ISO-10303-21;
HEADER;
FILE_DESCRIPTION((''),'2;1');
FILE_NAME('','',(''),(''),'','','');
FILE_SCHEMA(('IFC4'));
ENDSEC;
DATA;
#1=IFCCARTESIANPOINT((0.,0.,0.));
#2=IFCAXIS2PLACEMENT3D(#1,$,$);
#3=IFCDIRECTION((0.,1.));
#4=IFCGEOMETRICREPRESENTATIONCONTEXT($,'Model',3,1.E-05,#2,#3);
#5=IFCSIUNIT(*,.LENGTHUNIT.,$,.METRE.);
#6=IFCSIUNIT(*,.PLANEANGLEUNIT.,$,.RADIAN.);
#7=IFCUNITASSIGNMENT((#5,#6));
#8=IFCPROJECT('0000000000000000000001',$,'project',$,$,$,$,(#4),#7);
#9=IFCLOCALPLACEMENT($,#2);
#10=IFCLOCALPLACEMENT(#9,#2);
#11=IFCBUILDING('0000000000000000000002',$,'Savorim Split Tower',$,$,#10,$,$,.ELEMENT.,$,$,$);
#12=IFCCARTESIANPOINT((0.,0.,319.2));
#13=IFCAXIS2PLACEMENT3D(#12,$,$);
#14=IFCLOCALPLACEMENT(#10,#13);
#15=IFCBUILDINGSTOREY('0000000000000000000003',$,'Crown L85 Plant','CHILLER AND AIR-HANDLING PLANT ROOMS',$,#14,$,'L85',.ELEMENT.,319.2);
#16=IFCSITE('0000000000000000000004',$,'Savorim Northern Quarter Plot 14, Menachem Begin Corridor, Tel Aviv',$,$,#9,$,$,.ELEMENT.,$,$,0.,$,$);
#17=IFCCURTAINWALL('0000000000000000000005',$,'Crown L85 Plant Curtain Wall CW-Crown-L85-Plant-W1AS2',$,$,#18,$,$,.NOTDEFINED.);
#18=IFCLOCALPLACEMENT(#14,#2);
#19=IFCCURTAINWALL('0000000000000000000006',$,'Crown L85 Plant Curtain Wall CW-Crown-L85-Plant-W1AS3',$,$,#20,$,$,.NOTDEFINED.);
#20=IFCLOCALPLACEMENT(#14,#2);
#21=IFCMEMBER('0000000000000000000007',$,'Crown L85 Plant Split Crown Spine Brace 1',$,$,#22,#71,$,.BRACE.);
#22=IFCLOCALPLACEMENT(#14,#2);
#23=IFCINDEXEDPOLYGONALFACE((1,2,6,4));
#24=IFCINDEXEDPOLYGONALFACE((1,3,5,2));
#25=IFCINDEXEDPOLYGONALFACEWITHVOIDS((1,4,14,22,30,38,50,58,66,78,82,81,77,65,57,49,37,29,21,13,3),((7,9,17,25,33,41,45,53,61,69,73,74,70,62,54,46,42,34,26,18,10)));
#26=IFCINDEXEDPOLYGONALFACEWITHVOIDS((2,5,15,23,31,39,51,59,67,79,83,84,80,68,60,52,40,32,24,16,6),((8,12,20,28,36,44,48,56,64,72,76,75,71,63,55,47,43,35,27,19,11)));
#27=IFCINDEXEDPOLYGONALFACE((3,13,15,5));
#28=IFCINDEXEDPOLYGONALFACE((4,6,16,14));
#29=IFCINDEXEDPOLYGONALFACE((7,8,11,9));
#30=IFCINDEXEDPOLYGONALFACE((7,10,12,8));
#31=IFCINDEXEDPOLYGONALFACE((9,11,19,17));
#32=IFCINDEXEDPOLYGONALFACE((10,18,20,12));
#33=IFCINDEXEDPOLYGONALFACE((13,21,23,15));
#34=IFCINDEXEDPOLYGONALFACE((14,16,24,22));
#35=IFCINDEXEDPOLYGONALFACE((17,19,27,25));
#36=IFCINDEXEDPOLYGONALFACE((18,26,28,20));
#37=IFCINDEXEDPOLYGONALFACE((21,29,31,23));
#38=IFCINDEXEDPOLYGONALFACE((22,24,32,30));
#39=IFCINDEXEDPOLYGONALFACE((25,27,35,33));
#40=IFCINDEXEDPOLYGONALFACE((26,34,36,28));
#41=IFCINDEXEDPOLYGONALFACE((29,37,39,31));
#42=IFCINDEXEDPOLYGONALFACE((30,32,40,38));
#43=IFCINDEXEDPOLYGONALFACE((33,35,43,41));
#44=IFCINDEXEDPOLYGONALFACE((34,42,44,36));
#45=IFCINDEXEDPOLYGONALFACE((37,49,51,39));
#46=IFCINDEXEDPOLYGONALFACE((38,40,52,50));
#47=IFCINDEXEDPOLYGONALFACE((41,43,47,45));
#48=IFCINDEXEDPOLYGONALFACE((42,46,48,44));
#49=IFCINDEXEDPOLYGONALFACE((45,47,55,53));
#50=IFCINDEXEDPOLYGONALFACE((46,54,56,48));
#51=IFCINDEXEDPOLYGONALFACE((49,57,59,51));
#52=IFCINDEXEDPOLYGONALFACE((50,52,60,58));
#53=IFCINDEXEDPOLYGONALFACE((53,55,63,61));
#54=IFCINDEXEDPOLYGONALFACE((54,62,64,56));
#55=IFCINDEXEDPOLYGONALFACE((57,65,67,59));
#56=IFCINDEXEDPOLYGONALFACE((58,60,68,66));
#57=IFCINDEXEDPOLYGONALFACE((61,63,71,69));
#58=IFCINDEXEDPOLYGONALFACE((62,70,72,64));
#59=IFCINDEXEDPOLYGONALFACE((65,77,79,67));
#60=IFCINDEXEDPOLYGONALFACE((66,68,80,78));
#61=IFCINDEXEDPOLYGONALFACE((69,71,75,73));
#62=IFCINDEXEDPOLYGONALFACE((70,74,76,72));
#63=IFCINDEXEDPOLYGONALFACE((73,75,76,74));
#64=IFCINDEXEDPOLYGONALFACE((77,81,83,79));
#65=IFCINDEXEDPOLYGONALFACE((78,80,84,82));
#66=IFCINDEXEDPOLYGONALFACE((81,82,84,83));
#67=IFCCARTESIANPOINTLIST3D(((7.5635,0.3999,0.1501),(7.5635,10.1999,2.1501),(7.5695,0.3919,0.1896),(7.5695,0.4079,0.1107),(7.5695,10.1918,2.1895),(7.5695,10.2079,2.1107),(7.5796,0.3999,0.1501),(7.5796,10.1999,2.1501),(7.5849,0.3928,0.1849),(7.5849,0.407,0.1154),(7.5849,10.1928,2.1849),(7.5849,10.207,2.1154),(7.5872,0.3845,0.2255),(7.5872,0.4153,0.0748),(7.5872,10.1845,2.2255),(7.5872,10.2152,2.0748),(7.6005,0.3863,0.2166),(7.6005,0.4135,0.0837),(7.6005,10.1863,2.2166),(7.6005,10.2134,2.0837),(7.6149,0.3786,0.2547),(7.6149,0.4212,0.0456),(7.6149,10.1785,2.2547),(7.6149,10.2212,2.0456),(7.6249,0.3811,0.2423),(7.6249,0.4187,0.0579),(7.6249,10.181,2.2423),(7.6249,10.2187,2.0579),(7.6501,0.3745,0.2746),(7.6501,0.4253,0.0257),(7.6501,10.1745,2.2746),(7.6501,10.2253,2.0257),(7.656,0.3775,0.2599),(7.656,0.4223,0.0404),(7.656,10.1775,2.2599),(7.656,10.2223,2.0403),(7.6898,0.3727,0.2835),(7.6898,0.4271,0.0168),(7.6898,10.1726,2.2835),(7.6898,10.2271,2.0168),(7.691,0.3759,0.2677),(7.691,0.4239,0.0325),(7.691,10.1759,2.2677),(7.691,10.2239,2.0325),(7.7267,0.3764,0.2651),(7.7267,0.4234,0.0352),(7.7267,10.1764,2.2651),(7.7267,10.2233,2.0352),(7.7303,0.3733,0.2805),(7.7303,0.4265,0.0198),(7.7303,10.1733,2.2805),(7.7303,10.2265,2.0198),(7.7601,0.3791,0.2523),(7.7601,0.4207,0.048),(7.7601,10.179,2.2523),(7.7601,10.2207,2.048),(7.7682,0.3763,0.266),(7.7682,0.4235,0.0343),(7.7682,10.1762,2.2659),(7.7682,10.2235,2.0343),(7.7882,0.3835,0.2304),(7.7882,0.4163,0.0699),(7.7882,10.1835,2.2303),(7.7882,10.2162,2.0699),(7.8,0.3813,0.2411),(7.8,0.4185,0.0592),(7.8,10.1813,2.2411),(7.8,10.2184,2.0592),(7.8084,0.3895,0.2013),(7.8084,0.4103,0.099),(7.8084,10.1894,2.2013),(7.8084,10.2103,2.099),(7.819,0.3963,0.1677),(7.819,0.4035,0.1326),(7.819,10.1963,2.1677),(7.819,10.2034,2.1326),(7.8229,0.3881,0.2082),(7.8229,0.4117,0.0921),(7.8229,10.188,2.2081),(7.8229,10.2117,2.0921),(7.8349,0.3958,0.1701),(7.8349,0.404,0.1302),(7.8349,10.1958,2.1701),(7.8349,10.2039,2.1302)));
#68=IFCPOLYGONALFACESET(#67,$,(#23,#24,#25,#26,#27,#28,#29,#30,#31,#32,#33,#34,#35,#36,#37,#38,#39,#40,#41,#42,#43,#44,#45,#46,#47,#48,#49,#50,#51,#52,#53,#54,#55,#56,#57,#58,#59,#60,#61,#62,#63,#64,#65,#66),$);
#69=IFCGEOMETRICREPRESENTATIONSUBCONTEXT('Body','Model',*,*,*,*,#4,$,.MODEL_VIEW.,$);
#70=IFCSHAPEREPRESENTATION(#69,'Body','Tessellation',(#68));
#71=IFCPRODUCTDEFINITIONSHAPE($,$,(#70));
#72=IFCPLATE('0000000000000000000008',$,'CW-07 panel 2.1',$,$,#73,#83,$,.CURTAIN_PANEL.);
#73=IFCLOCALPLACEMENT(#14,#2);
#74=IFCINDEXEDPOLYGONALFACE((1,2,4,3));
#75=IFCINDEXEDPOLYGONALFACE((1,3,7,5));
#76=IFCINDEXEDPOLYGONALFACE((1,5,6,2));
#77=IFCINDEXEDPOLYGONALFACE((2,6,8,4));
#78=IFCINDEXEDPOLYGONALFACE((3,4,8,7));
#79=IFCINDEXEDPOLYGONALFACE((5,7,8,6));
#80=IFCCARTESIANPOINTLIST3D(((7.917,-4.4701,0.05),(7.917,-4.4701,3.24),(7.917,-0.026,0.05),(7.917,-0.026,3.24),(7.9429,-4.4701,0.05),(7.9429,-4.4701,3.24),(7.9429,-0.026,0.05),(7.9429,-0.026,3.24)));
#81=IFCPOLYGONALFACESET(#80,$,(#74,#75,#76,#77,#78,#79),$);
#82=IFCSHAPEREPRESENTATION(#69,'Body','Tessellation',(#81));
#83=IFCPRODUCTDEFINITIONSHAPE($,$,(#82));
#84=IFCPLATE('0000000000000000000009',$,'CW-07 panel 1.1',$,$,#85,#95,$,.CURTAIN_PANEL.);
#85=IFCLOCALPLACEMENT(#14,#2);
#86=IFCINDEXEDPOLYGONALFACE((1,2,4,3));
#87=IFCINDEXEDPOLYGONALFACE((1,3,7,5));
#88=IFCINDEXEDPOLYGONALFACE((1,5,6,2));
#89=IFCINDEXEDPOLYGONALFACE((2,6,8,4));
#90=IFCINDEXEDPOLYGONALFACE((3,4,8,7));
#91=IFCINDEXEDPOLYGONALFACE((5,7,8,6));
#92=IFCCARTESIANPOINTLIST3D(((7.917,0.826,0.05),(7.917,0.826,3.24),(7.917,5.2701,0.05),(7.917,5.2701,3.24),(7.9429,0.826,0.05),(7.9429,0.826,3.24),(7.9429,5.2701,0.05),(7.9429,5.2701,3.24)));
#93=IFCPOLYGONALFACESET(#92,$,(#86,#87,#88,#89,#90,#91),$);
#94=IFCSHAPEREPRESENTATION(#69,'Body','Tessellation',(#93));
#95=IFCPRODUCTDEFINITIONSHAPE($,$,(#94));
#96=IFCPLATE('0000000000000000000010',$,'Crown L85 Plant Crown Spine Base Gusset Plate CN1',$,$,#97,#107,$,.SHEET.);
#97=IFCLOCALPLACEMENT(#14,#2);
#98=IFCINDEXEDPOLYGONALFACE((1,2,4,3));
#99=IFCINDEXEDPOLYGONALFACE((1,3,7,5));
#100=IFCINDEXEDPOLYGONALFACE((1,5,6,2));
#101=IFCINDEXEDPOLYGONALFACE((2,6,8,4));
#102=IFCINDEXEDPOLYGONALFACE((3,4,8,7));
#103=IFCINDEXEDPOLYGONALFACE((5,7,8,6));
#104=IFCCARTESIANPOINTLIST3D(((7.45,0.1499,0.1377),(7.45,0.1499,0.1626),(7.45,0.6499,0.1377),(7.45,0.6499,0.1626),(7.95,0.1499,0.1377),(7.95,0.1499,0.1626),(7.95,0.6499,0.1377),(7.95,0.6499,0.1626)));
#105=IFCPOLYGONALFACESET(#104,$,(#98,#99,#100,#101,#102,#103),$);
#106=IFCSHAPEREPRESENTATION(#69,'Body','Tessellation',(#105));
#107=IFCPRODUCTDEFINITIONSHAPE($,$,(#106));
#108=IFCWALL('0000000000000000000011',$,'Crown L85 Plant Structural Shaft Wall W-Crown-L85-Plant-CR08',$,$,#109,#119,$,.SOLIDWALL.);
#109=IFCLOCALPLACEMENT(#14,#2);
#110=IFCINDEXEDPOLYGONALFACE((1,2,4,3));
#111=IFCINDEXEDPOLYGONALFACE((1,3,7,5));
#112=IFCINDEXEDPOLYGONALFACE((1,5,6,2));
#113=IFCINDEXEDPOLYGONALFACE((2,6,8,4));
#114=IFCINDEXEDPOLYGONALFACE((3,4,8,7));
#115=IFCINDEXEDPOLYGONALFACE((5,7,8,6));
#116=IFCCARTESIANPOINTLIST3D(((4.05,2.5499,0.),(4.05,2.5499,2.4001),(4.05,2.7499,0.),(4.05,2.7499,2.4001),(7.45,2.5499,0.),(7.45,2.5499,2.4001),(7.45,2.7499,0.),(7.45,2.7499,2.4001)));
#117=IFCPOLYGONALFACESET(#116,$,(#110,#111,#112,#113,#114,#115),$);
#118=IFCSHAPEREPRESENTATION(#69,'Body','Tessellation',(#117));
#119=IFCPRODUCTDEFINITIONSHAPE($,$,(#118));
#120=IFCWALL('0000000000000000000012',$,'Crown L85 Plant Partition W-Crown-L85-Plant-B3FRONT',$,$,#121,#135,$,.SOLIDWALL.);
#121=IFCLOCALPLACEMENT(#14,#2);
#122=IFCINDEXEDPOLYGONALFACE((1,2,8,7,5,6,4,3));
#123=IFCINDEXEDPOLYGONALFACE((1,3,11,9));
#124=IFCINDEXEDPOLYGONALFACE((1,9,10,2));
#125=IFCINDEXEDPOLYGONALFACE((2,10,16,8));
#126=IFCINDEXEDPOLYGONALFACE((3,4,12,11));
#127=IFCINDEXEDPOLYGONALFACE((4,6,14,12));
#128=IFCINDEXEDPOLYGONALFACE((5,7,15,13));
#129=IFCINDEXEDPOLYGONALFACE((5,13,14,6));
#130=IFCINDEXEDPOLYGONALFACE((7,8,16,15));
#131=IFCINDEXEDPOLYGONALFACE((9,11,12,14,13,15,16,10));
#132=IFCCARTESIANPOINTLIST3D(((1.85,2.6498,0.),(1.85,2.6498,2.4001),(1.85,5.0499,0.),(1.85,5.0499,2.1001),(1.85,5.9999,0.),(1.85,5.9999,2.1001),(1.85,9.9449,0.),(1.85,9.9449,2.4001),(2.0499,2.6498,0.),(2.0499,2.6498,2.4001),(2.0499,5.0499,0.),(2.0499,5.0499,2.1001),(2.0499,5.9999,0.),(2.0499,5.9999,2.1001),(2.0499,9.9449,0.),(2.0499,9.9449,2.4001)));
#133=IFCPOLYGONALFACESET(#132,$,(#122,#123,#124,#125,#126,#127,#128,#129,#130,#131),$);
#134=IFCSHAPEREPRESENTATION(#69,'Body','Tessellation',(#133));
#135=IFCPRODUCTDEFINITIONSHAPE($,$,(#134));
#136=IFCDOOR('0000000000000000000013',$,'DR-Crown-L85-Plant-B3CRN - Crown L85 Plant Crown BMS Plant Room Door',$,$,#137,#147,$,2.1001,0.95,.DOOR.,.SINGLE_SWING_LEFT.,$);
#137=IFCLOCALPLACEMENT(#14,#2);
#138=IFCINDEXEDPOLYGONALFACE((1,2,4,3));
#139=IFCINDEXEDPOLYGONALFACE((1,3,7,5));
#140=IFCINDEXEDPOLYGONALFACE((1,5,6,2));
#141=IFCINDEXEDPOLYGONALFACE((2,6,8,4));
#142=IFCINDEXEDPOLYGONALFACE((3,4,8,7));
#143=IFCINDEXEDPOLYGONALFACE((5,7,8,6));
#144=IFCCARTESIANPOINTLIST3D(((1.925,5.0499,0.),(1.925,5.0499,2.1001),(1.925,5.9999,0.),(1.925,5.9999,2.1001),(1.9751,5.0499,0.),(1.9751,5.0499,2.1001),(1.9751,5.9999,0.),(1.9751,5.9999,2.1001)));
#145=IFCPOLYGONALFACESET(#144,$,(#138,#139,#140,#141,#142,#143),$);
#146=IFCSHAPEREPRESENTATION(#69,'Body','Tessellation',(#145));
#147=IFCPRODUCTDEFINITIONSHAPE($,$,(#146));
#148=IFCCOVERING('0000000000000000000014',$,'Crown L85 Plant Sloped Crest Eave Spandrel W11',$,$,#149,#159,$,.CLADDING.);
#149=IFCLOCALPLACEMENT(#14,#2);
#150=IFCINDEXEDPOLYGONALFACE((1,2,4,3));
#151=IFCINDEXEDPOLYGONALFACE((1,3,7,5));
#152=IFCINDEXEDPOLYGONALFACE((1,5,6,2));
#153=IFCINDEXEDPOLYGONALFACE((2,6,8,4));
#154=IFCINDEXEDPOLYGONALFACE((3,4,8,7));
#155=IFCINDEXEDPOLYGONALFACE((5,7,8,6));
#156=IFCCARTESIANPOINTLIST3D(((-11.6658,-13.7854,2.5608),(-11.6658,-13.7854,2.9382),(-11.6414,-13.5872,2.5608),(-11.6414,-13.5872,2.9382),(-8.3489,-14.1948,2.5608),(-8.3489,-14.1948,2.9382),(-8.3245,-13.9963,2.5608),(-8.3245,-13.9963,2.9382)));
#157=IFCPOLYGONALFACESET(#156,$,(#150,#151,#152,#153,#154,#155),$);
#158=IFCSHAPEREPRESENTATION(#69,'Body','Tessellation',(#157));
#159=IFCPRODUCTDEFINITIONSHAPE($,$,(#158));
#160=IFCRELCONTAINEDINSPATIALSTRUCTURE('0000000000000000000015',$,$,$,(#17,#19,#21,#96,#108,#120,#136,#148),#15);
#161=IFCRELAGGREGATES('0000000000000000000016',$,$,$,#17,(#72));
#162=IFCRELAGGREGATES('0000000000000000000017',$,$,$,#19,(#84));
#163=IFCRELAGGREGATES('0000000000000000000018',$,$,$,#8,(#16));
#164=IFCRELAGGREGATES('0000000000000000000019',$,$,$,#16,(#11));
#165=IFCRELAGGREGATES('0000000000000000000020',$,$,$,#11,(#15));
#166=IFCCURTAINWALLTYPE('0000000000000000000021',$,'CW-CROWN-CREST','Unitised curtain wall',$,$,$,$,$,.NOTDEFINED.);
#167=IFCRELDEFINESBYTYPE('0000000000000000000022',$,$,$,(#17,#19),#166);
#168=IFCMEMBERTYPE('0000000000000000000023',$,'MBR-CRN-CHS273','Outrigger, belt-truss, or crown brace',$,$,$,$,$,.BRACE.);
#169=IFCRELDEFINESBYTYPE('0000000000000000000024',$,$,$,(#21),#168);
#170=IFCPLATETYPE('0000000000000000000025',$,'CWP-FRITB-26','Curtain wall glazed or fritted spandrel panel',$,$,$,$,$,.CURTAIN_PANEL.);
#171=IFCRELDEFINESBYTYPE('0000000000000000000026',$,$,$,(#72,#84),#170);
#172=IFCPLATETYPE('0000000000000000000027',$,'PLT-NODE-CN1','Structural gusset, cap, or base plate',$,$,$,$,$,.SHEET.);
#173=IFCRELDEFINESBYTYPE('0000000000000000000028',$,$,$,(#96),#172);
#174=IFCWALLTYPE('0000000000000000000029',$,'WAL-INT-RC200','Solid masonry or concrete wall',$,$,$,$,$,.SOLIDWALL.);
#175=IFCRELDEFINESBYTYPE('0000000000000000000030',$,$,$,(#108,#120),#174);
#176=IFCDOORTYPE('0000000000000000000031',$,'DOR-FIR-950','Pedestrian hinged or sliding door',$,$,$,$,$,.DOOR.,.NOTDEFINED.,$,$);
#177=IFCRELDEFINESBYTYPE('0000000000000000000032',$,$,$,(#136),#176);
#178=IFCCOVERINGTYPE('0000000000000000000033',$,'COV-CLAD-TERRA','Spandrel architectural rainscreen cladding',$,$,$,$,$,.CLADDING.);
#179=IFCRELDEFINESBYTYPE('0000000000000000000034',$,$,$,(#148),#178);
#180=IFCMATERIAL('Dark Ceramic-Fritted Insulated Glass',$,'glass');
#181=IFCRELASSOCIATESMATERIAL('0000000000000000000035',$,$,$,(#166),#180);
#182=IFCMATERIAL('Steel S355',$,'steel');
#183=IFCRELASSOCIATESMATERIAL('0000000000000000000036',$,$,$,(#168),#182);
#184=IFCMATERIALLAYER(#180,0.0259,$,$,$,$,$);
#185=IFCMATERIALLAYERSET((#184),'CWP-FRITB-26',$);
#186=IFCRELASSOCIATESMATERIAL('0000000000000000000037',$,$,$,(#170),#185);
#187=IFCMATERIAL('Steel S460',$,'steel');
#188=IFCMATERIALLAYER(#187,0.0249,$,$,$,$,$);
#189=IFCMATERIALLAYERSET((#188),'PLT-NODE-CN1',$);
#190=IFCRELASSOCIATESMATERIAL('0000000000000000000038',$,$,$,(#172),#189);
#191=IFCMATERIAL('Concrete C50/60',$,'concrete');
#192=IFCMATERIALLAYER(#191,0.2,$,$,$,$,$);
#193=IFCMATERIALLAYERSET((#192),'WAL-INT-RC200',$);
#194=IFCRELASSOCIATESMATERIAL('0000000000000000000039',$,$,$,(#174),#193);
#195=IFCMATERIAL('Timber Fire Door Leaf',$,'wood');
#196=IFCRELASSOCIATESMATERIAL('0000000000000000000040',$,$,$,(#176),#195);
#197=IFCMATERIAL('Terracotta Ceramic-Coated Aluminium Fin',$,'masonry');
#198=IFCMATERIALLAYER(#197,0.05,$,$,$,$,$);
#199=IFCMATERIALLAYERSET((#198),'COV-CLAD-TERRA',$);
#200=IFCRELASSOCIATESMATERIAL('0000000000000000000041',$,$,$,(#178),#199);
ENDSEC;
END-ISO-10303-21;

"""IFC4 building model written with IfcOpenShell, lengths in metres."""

from ifc_helpers import new_model, si_unit, direction, frame, frame_2d, origin, origin_2d, place, context, subcontext, project, spatial, polyline, rectangle, hollow_circle, outline, extrude, material, layer, layer_set, material_profile, profile_set, type_object, element, fill, aggregate, save


model = new_model("IFC4")

# Units and contexts
model_context = context("Model", 3, precision=1e-05, world=origin(), true_north=direction((0.0, 1.0)))
body_context = subcontext(model_context, "Body", "Model", "MODEL_VIEW")
ifc_project = project(units=[si_unit("LENGTHUNIT", "METRE"), si_unit("PLANEANGLEUNIT", "RADIAN")], contexts=[model_context])

# Site, building, storey
site_placement = place(None, origin())
site = spatial("IfcSite", under=ifc_project, at=site_placement, Name="Savorim Northern Quarter Plot 14, Menachem Begin Corridor, Tel Aviv", CompositionType="ELEMENT", RefElevation=0.0)
building_placement = place(site_placement, origin())
building = spatial("IfcBuilding", under=site, at=building_placement, Name="Savorim Split Tower", CompositionType="ELEMENT")
storey_placement = place(building_placement, frame((0.0, 0.0, 319.2)))
storey = spatial("IfcBuildingStorey", under=building, at=storey_placement, Name="Crown L85 Plant", Description="CHILLER AND AIR-HANDLING PLANT ROOMS", LongName="L85", CompositionType="ELEMENT", Elevation=319.2)

# Shared definitions
ifc_material_1 = material(Name="Steel S355", Category="steel")

# Curtain walls
ifc_material_2 = material(Name="Dark Ceramic-Fritted Insulated Glass", Category="glass")
curtain_wall_type = type_object("IfcCurtainWallType", Name="CW-CROWN-CREST", Description="Unitised curtain wall", PredefinedType="NOTDEFINED", material=ifc_material_2)
curtain_wall_1_placement = place(storey_placement, origin())
curtain_wall_1 = element("IfcCurtainWall", 1, at=curtain_wall_1_placement, inside=storey, type_object=curtain_wall_type, Name="Crown L85 Plant Curtain Wall CW-Crown-L85-Plant-W1AS2", PredefinedType="NOTDEFINED")
curtain_wall_2_placement = place(storey_placement, origin())
curtain_wall_2 = element("IfcCurtainWall", 2, at=curtain_wall_2_placement, inside=storey, type_object=curtain_wall_type, Name="Crown L85 Plant Curtain Wall CW-Crown-L85-Plant-W1AS3", PredefinedType="NOTDEFINED")

# Member
ifc_material_profile_1 = material_profile(ifc_material_1, hollow_circle(Radius=0.1365, WallThickness=0.0161, at=origin_2d()), Name="CHS 273x16")
ifc_profile_set_1 = profile_set([ifc_material_profile_1], Name="Steel S355")
member_type_1 = type_object("IfcMemberType", Name="MBR-CRN-CHS273", Description="Outrigger, belt-truss, or crown brace", PredefinedType="BRACE", material=ifc_profile_set_1)
member_1_placement = place(storey_placement, frame((7.7, 0.3999, 0.1501), z_axis=(0.0, 0.979804, 0.199959), x_axis=(-1.0, 0.0, 0.0)))
element("IfcMember", 3, at=member_1_placement, inside=storey, type_object=member_type_1, Name="Crown L85 Plant Split Crown Spine Brace 1", PredefinedType="BRACE", context=body_context, shape_type="SweptSolid", body=[
    extrude(hollow_circle(Radius=0.1365, WallThickness=0.0161, at=origin_2d()), origin(), (0.0, 0.0, 1.0), 10.002),
])

# Plates
ifc_layer_1 = layer(ifc_material_2, 0.0259)
ifc_layer_set_1 = layer_set([ifc_layer_1], Name="CWP-FRITB-26")
plate_type_1 = type_object("IfcPlateType", Name="CWP-FRITB-26", Description="Curtain wall glazed or fritted spandrel panel", PredefinedType="CURTAIN_PANEL", material=ifc_layer_set_1)
plate_1_placement = place(storey_placement, frame((7.9299, -2.248, 0.05), z_axis=(0.0, 0.0, 1.0), x_axis=(0.0, 1.0, 0.0)))
plate_1 = element("IfcPlate", 4, at=plate_1_placement, type_object=plate_type_1, Name="CW-07 panel 2.1", PredefinedType="CURTAIN_PANEL", context=body_context, shape_type="SweptSolid", body=[
    extrude(rectangle(XDim=4.4441, YDim=0.0259, at=origin_2d()), origin(), (0.0, 0.0, 1.0), 3.1899),
])
aggregate(curtain_wall_1, [plate_1])
plate_2_placement = place(storey_placement, frame((7.9299, 3.0481, 0.05), z_axis=(0.0, 0.0, 1.0), x_axis=(0.0, 1.0, 0.0)))
plate_2 = element("IfcPlate", 5, at=plate_2_placement, type_object=plate_type_1, Name="CW-07 panel 1.1", PredefinedType="CURTAIN_PANEL", context=body_context, shape_type="SweptSolid", body=[
    extrude(rectangle(XDim=4.4441, YDim=0.0259, at=origin_2d()), origin(), (0.0, 0.0, 1.0), 3.1899),
])
aggregate(curtain_wall_2, [plate_2])
ifc_material_3 = material(Name="Steel S460", Category="steel")
ifc_layer_2 = layer(ifc_material_3, 0.0249)
ifc_layer_set_2 = layer_set([ifc_layer_2], Name="PLT-NODE-CN1")
plate_type_2 = type_object("IfcPlateType", Name="PLT-NODE-CN1", Description="Structural gusset, cap, or base plate", PredefinedType="SHEET", material=ifc_layer_set_2)
plate_3_placement = place(storey_placement, frame((7.7, 0.3999, 0.1377), z_axis=(0.0, 0.0, 1.0), x_axis=(1.0, 0.0, 0.0)))
element("IfcPlate", 6, at=plate_3_placement, inside=storey, type_object=plate_type_2, Name="Crown L85 Plant Crown Spine Base Gusset Plate CN1", PredefinedType="SHEET", context=body_context, shape_type="SweptSolid", body=[
    extrude(rectangle(XDim=0.5, YDim=0.5, at=origin_2d()), origin(), (0.0, 0.0, 1.0), 0.0249),
])

# Shared definitions
ifc_material_4 = material(Name="Concrete C50/60", Category="concrete")
ifc_layer_3 = layer(ifc_material_4, 0.2)
ifc_layer_set_3 = layer_set([ifc_layer_3], Name="WAL-INT-RC200")
wall_type = type_object("IfcWallType", Name="WAL-INT-RC200", Description="Solid masonry or concrete wall", PredefinedType="SOLIDWALL", material=ifc_layer_set_3)
ifc_material_5 = material(Name="Timber Fire Door Leaf", Category="wood")

# Wall
wall_1_placement = place(storey_placement, frame((4.05, 2.6499, 0.0), z_axis=(0.0, 0.0, 1.0), x_axis=(1.0, 0.0, 0.0)))
element("IfcWall", 7, at=wall_1_placement, inside=storey, type_object=wall_type, Name="Crown L85 Plant Structural Shaft Wall W-Crown-L85-Plant-CR08", PredefinedType="SOLIDWALL", context=body_context, shape_type="SweptSolid", body=[
    extrude(rectangle(XDim=3.3999, YDim=0.2, at=frame_2d((1.7, 0.0))), origin(), (0.0, 0.0, 1.0), 2.4001),
])

# Wall, opening, door
wall_2_placement = place(storey_placement, frame((1.95, 2.6499, 0.0), z_axis=(0.0, 0.0, 1.0), x_axis=(0.0, 1.0, 0.0)))
wall_2 = element("IfcWall", 8, at=wall_2_placement, inside=storey, type_object=wall_type, Name="Crown L85 Plant Partition W-Crown-L85-Plant-B3FRONT", PredefinedType="SOLIDWALL", context=body_context, shape_type="SweptSolid", body=[
    extrude(rectangle(XDim=7.2952, YDim=0.2, at=frame_2d((3.6475, 0.0))), origin(), (0.0, 0.0, 1.0), 2.4001),
])
opening_1_placement = place(wall_2_placement, frame((2.3999, 0.0, 0.0)))
opening_1 = element("IfcOpeningElement", 9, at=opening_1_placement, cuts=wall_2, PredefinedType="OPENING", context=body_context, shape_type="SweptSolid", body=[
    extrude(rectangle(XDim=0.95, YDim=2.1001, at=frame_2d((0.4751, 1.05))), frame((0.0, 0.1099, 0.0), z_axis=(0.0, -1.0, 0.0), x_axis=(1.0, 0.0, 0.0)), (0.0, 0.0, 1.0), 0.22),
])
door_type_1 = type_object("IfcDoorType", Name="DOR-FIR-950", Description="Pedestrian hinged or sliding door", OperationType="NOTDEFINED", PredefinedType="DOOR", material=ifc_material_5)
door_1_placement = place(opening_1_placement, origin())
door_1 = element("IfcDoor", 10, at=door_1_placement, inside=storey, type_object=door_type_1, Name="DR-Crown-L85-Plant-B3CRN - Crown L85 Plant Crown BMS Plant Room Door", OperationType="SINGLE_SWING_LEFT", OverallHeight=2.1001, OverallWidth=0.95, PredefinedType="DOOR", context=body_context, shape_type="SweptSolid", body=[
    extrude(rectangle(XDim=0.95, YDim=2.1001, at=frame_2d((0.4751, 1.05))), frame((0.0, 0.0249, 0.0), z_axis=(0.0, -1.0, 0.0), x_axis=(1.0, 0.0, 0.0)), (0.0, 0.0, 1.0), 0.05),
])
fill(opening_1, door_1)

# Covering
ifc_material_6 = material(Name="Terracotta Ceramic-Coated Aluminium Fin", Category="masonry")
ifc_layer_4 = layer(ifc_material_6, 0.05)
ifc_layer_set_4 = layer_set([ifc_layer_4], Name="COV-CLAD-TERRA")
covering_type = type_object("IfcCoveringType", Name="COV-CLAD-TERRA", Description="Spandrel architectural rainscreen cladding", PredefinedType="CLADDING", material=ifc_layer_set_4)
covering_placement = place(storey_placement, frame((0.0, 0.0, 2.5608)))
element("IfcCovering", 11, at=covering_placement, inside=storey, type_object=covering_type, Name="Crown L85 Plant Sloped Crest Eave Spandrel W11", PredefinedType="CLADDING", context=body_context, shape_type="SweptSolid", body=[
    extrude(outline(polyline([(-11.6658, -13.7854), (-8.3489, -14.1948), (-8.3245, -13.9963), (-11.6414, -13.5872), (-11.6658, -13.7854)])), origin(), (0.0, 0.0, 1.0), 0.3774),
])

save(model, "model.ifc")
